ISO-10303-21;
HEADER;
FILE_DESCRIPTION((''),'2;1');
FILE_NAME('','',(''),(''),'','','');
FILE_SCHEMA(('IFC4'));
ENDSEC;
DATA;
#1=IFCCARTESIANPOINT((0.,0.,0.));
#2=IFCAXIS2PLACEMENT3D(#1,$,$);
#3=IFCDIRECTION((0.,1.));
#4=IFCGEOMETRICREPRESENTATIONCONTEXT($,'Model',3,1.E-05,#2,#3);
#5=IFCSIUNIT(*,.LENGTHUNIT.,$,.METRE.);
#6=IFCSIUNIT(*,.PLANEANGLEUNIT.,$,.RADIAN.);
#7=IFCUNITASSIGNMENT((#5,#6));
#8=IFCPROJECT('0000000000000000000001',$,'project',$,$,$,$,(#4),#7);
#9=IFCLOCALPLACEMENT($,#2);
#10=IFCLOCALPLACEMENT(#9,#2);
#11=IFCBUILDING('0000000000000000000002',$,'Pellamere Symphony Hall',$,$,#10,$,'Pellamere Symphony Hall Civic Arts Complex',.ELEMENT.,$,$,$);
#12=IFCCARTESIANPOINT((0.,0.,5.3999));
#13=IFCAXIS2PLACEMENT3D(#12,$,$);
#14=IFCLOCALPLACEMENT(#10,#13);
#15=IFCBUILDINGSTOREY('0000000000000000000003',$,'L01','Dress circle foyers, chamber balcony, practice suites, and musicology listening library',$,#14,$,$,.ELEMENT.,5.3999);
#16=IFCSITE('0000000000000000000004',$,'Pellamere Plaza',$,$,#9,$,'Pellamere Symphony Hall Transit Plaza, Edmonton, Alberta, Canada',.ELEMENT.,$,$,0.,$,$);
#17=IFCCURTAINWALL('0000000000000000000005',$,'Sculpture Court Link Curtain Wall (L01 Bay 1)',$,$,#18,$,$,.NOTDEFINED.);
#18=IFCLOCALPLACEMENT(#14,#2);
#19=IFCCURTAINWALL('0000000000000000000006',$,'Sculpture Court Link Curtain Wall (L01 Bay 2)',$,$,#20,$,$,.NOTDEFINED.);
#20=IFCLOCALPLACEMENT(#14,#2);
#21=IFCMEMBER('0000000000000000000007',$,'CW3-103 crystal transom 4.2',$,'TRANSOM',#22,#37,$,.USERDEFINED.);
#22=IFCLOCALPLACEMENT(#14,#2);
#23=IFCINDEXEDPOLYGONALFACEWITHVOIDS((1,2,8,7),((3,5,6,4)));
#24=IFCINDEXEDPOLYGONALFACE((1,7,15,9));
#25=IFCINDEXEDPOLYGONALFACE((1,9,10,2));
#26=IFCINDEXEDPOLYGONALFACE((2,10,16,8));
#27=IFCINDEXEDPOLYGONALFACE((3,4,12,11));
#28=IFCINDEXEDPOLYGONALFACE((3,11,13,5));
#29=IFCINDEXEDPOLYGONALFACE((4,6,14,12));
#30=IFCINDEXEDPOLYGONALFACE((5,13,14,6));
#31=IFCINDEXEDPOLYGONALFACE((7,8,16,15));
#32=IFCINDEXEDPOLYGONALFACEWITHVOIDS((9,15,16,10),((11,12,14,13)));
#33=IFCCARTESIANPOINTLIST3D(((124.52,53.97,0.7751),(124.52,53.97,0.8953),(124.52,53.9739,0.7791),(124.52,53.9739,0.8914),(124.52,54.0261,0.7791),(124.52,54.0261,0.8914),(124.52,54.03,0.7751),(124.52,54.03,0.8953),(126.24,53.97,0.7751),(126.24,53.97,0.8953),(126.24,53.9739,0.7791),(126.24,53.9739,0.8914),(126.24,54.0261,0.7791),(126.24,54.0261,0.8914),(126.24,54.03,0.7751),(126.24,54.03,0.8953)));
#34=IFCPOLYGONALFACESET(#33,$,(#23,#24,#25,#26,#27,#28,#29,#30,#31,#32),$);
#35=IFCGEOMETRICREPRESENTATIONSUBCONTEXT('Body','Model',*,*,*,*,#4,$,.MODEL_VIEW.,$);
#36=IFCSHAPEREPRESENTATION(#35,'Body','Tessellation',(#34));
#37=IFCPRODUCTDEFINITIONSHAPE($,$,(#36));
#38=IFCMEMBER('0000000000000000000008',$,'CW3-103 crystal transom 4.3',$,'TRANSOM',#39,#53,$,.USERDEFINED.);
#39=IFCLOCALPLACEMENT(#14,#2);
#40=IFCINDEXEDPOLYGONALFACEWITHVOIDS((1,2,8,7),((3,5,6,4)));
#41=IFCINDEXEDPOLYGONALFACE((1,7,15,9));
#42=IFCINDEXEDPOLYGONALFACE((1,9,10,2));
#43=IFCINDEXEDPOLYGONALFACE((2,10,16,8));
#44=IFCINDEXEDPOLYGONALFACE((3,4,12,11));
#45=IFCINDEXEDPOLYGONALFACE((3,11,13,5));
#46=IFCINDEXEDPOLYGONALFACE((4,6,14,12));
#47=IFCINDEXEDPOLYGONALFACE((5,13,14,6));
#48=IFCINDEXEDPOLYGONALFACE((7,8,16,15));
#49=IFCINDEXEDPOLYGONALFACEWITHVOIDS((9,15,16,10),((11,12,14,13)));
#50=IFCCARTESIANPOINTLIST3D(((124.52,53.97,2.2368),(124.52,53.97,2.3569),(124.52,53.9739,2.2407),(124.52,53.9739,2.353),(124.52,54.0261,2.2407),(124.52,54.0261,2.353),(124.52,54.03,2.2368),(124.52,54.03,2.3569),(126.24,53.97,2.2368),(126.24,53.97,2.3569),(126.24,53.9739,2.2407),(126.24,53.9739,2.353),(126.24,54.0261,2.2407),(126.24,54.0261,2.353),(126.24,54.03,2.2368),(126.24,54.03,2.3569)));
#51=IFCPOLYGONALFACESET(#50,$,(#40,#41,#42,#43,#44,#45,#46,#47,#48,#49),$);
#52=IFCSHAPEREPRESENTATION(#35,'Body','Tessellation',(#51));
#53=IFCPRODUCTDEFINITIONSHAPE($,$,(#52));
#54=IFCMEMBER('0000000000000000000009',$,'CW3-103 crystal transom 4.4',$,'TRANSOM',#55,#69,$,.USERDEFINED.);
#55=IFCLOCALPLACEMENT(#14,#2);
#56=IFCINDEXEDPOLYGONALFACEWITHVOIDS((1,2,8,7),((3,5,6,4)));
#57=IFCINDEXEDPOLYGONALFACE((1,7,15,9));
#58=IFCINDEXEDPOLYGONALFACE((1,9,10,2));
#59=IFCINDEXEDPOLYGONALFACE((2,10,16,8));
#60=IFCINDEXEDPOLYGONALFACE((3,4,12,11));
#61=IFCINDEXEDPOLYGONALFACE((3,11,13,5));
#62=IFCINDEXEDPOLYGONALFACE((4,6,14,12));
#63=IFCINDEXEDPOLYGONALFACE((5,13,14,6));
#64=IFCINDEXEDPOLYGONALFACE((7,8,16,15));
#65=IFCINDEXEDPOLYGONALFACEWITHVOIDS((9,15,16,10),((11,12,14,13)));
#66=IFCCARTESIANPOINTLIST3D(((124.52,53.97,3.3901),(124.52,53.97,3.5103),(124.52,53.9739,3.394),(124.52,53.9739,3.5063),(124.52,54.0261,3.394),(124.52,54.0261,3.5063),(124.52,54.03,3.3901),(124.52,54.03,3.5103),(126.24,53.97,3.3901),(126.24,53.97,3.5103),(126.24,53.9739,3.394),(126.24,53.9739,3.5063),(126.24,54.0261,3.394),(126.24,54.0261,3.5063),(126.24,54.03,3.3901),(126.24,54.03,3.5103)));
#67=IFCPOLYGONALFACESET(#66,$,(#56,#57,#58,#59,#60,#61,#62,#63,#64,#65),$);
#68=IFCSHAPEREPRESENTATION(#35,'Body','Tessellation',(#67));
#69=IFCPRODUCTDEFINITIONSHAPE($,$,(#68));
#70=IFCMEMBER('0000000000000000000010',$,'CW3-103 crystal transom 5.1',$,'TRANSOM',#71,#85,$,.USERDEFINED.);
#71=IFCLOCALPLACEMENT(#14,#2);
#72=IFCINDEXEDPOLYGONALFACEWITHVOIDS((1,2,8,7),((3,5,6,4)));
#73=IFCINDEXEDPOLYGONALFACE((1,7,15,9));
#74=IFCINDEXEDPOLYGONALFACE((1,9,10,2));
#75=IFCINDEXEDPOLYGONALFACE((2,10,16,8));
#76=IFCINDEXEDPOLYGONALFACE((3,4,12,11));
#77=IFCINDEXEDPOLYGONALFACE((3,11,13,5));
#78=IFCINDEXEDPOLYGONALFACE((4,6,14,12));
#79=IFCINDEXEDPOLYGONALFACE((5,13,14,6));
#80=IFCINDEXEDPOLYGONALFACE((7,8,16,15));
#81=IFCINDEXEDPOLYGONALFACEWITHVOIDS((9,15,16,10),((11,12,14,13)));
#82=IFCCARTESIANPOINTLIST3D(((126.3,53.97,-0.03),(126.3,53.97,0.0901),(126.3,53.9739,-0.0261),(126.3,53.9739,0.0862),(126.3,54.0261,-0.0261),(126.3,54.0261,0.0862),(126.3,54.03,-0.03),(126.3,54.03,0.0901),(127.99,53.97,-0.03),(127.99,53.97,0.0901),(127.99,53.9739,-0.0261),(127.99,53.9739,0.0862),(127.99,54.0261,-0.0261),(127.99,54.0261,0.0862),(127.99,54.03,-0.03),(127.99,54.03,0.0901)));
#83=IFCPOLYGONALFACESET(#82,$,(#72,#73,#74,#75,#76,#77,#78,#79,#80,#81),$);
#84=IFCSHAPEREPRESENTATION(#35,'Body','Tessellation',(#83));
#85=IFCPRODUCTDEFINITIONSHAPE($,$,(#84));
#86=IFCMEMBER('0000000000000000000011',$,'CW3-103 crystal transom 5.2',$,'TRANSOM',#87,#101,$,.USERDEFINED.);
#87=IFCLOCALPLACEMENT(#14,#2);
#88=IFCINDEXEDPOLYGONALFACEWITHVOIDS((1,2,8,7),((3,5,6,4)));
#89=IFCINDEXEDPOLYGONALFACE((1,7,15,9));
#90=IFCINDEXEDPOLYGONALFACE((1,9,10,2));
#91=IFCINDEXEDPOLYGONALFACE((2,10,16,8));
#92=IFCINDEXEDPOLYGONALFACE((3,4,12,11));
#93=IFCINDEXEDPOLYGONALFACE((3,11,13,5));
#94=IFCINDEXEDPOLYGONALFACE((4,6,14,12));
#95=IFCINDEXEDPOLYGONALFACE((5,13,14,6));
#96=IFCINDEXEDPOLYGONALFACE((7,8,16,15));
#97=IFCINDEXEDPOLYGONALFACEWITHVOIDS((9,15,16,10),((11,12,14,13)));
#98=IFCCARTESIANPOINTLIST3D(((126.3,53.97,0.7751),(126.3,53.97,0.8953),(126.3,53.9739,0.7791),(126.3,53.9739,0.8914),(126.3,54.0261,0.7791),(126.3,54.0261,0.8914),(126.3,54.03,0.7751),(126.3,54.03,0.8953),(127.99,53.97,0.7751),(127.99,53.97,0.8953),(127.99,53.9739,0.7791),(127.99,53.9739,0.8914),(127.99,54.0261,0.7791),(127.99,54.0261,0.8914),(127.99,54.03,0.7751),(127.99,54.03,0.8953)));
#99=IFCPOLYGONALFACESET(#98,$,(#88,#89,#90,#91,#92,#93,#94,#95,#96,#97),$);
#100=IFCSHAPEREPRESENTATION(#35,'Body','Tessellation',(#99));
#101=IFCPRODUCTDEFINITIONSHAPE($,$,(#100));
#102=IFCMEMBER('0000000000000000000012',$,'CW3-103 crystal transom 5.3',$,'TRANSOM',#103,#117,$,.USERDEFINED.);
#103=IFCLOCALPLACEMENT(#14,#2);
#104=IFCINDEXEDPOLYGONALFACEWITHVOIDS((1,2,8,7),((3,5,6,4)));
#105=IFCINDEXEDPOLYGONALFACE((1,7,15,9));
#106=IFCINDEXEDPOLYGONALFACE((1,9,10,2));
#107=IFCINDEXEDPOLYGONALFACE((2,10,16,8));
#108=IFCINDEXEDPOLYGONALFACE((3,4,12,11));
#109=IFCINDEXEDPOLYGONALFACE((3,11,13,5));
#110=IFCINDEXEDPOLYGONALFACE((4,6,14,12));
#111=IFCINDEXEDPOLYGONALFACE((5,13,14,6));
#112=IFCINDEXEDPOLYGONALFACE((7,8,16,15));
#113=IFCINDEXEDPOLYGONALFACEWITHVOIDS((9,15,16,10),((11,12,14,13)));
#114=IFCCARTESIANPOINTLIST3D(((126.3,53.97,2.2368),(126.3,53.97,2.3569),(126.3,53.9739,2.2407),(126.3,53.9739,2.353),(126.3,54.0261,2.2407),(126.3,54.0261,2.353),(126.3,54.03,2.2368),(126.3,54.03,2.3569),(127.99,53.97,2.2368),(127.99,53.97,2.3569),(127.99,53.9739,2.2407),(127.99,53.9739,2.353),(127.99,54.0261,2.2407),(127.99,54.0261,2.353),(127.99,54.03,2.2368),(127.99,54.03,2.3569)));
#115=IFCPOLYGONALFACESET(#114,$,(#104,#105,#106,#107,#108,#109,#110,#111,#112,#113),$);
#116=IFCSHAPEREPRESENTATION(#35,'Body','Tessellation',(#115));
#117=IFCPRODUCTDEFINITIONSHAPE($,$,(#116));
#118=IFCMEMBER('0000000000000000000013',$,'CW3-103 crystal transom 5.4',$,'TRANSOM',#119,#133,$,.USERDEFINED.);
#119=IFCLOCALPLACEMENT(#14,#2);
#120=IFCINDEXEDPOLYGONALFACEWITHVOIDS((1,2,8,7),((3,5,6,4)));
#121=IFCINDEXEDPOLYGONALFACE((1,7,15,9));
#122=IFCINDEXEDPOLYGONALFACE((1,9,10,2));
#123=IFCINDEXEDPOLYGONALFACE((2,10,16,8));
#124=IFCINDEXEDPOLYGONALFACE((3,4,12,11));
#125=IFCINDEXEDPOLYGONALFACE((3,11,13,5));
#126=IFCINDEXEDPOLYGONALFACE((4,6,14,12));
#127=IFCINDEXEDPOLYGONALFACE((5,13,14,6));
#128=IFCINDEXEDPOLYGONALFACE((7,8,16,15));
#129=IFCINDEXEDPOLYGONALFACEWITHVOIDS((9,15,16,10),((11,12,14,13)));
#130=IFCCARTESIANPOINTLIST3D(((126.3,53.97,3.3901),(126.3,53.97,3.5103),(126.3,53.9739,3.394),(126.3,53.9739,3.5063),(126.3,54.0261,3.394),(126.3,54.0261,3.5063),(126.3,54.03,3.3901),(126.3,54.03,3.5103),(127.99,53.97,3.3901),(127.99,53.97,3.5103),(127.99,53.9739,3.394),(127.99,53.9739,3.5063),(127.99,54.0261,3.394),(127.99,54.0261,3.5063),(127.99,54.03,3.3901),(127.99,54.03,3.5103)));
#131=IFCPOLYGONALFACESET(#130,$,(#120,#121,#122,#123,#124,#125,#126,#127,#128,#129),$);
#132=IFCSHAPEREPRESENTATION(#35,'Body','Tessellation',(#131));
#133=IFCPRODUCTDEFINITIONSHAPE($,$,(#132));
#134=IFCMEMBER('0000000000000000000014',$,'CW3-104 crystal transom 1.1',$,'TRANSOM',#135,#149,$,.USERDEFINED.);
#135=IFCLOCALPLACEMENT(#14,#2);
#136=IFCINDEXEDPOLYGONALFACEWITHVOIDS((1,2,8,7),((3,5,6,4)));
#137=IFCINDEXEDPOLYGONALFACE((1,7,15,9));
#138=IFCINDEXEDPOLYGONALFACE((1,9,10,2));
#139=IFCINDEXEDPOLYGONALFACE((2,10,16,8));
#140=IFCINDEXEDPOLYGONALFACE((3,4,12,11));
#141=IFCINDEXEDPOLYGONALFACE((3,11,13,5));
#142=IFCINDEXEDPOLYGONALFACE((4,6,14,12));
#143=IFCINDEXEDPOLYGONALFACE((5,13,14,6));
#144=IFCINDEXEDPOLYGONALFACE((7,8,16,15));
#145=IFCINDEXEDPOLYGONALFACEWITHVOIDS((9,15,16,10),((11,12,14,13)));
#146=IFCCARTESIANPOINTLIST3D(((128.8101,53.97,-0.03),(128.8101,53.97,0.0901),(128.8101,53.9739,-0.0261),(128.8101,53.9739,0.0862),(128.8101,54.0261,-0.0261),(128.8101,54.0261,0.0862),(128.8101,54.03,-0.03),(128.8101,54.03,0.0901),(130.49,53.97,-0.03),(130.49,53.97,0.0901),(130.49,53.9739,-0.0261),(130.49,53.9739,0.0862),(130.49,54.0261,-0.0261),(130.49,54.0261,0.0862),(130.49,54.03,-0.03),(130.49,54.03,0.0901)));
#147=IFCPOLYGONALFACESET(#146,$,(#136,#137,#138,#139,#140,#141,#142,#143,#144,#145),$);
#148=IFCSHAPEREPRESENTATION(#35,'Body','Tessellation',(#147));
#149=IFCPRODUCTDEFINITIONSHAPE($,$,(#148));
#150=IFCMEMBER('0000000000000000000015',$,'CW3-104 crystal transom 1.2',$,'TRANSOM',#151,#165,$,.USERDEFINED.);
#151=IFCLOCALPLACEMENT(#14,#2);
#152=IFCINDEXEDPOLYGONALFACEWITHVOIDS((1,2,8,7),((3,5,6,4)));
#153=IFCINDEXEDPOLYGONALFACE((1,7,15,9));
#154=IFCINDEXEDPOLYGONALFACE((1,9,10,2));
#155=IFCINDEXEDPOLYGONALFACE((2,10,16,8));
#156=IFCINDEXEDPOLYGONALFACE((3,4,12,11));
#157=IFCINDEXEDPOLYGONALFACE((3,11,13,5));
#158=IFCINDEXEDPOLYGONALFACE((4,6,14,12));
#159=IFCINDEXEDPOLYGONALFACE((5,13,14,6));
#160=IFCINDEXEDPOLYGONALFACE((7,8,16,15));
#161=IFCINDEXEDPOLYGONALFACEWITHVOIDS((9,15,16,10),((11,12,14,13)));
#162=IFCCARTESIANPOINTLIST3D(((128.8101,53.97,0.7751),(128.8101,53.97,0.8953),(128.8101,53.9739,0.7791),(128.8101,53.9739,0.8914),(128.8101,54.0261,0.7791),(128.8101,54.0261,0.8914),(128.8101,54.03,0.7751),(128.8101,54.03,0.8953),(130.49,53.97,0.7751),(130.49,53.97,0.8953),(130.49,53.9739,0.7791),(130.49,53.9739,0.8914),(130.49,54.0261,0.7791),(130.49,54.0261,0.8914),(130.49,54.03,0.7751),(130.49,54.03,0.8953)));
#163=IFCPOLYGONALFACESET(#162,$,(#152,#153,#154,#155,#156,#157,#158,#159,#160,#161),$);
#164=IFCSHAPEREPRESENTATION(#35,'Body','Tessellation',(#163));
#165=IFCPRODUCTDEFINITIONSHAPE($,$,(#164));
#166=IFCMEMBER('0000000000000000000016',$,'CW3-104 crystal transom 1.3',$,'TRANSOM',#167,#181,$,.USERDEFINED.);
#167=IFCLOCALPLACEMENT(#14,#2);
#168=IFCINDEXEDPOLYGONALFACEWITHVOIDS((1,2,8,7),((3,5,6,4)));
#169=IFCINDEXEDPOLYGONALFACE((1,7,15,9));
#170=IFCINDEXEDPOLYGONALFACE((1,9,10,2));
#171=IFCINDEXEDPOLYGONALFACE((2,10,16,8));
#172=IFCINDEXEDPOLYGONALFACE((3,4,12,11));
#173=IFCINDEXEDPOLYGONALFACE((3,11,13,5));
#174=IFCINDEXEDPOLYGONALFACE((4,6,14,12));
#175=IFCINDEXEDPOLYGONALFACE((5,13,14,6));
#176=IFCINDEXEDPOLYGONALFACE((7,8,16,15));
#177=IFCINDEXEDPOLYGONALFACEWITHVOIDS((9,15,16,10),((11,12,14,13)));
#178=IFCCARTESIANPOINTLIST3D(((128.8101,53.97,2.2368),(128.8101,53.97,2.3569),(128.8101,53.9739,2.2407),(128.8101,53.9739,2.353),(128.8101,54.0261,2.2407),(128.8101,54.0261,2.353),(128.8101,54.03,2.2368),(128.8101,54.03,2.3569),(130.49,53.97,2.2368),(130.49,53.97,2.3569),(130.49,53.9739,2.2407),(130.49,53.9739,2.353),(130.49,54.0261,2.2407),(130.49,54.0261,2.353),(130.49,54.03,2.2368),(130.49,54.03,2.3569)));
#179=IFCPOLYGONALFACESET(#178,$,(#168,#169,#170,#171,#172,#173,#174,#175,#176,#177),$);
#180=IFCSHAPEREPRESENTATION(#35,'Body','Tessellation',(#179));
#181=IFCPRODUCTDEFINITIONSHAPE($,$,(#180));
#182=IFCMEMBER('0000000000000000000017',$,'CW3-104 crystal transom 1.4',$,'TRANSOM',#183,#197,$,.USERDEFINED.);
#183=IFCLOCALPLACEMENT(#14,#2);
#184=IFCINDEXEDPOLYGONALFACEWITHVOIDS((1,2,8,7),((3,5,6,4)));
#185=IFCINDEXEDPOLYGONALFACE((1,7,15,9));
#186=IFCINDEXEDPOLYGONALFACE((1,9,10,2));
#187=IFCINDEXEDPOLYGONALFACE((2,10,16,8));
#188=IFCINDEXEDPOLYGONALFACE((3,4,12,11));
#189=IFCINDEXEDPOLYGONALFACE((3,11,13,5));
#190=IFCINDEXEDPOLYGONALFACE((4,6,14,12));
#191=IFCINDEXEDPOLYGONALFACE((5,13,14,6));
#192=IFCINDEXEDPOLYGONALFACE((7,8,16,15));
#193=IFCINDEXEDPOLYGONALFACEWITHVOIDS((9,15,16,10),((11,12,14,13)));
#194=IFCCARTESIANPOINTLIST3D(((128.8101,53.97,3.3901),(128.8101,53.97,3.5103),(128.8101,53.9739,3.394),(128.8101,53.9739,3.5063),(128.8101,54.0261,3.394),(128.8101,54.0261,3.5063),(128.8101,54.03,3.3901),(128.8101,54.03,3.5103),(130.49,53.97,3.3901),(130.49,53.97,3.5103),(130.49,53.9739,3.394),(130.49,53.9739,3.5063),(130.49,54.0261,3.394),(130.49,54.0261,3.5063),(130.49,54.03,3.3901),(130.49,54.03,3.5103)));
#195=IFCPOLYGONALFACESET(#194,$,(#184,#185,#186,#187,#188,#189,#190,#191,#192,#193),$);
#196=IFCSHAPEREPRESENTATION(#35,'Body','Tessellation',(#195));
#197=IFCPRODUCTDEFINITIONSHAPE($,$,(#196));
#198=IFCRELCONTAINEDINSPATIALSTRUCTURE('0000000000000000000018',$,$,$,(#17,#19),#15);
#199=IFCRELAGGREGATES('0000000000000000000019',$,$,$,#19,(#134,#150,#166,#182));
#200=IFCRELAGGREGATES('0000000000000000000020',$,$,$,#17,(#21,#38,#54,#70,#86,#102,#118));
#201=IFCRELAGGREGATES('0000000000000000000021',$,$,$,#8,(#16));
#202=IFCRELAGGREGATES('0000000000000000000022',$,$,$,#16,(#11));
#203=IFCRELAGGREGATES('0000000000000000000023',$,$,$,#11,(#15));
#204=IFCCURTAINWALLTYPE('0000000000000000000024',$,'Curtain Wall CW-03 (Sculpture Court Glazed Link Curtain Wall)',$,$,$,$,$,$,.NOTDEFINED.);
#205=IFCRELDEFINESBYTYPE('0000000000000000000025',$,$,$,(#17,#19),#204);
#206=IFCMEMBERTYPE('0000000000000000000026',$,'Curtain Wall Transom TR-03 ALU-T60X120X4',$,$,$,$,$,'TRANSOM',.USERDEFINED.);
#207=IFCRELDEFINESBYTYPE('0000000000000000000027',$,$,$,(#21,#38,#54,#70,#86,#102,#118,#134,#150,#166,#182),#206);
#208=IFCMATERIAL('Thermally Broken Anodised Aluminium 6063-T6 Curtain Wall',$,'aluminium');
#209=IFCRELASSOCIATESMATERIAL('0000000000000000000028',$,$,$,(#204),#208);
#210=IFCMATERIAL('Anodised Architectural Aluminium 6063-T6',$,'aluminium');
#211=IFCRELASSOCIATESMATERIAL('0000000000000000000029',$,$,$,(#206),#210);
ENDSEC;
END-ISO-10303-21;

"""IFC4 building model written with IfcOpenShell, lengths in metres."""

from ifc_helpers import new_model, si_unit, direction, frame, origin, origin_2d, place, context, subcontext, project, spatial, hollow_rectangle, extrude, material, material_profile, profile_set, type_object, element, aggregate, save


model = new_model("IFC4")

# Units and contexts
model_context = context("Model", 3, precision=1e-05, world=origin(), true_north=direction((0.0, 1.0)))
body_context = subcontext(model_context, "Body", "Model", "MODEL_VIEW")
ifc_project = project(units=[si_unit("LENGTHUNIT", "METRE"), si_unit("PLANEANGLEUNIT", "RADIAN")], contexts=[model_context])

# Site, building, storey
site_placement = place(None, origin())
site = spatial("IfcSite", under=ifc_project, at=site_placement, Name="Pellamere Plaza", LongName="Pellamere Symphony Hall Transit Plaza, Edmonton, Alberta, Canada", CompositionType="ELEMENT", RefElevation=0.0)
building_placement = place(site_placement, origin())
building = spatial("IfcBuilding", under=site, at=building_placement, Name="Pellamere Symphony Hall", LongName="Pellamere Symphony Hall Civic Arts Complex", CompositionType="ELEMENT")
storey_placement = place(building_placement, frame((0.0, 0.0, 5.3999)))
storey = spatial("IfcBuildingStorey", under=building, at=storey_placement, Name="L01", Description="Dress circle foyers, chamber balcony, practice suites, and musicology listening library", CompositionType="ELEMENT", Elevation=5.3999)

# Curtain walls
ifc_material_1 = material(Name="Thermally Broken Anodised Aluminium 6063-T6 Curtain Wall", Category="aluminium")
curtain_wall_type = type_object("IfcCurtainWallType", Name="Curtain Wall CW-03 (Sculpture Court Glazed Link Curtain Wall)", PredefinedType="NOTDEFINED", material=ifc_material_1)
curtain_wall_1_placement = place(storey_placement, origin())
curtain_wall_1 = element("IfcCurtainWall", 1, at=curtain_wall_1_placement, inside=storey, type_object=curtain_wall_type, Name="Sculpture Court Link Curtain Wall (L01 Bay 1)", PredefinedType="NOTDEFINED")
ifc_material_2 = material(Name="Anodised Architectural Aluminium 6063-T6", Category="aluminium")
curtain_wall_2_placement = place(storey_placement, origin())
curtain_wall_2 = element("IfcCurtainWall", 2, at=curtain_wall_2_placement, inside=storey, type_object=curtain_wall_type, Name="Sculpture Court Link Curtain Wall (L01 Bay 2)", PredefinedType="NOTDEFINED")

# Members
ifc_material_profile_1 = material_profile(ifc_material_2, hollow_rectangle(XDim=0.0601, YDim=0.1201, WallThickness=0.0039, at=origin_2d()), Name="ALU-T60X120X4")
ifc_profile_set_1 = profile_set([ifc_material_profile_1], Name="Anodised Architectural Aluminium 6063-T6")
member_type_1 = type_object("IfcMemberType", Name="Curtain Wall Transom TR-03 ALU-T60X120X4", ElementType="TRANSOM", PredefinedType="USERDEFINED", material=ifc_profile_set_1)
member_1_placement = place(storey_placement, frame((124.52, 54.0, 0.8352), z_axis=(1.0, 0.0, 0.0), x_axis=(0.0, 1.0, 0.0)))
member_1 = element("IfcMember", 3, at=member_1_placement, type_object=member_type_1, Name="CW3-103 crystal transom 4.2", ObjectType="TRANSOM", PredefinedType="USERDEFINED", context=body_context, shape_type="SweptSolid", body=[
    extrude(hollow_rectangle(XDim=0.0601, YDim=0.1201, WallThickness=0.0039, at=origin_2d()), origin(), (0.0, 0.0, 1.0), 1.72),
])
member_2_placement = place(storey_placement, frame((124.52, 54.0, 2.2969), z_axis=(1.0, 0.0, 0.0), x_axis=(0.0, 1.0, 0.0)))
member_2 = element("IfcMember", 4, at=member_2_placement, type_object=member_type_1, Name="CW3-103 crystal transom 4.3", ObjectType="TRANSOM", PredefinedType="USERDEFINED", context=body_context, shape_type="SweptSolid", body=[
    extrude(hollow_rectangle(XDim=0.0601, YDim=0.1201, WallThickness=0.0039, at=origin_2d()), origin(), (0.0, 0.0, 1.0), 1.72),
])
member_3_placement = place(storey_placement, frame((124.52, 54.0, 3.4502), z_axis=(1.0, 0.0, 0.0), x_axis=(0.0, 1.0, 0.0)))
member_3 = element("IfcMember", 5, at=member_3_placement, type_object=member_type_1, Name="CW3-103 crystal transom 4.4", ObjectType="TRANSOM", PredefinedType="USERDEFINED", context=body_context, shape_type="SweptSolid", body=[
    extrude(hollow_rectangle(XDim=0.0601, YDim=0.1201, WallThickness=0.0039, at=origin_2d()), origin(), (0.0, 0.0, 1.0), 1.72),
])
member_4_placement = place(storey_placement, frame((126.3, 54.0, 0.03), z_axis=(1.0, 0.0, 0.0), x_axis=(0.0, 1.0, 0.0)))
member_4 = element("IfcMember", 6, at=member_4_placement, type_object=member_type_1, Name="CW3-103 crystal transom 5.1", ObjectType="TRANSOM", PredefinedType="USERDEFINED", context=body_context, shape_type="SweptSolid", body=[
    extrude(hollow_rectangle(XDim=0.0601, YDim=0.1201, WallThickness=0.0039, at=origin_2d()), origin(), (0.0, 0.0, 1.0), 1.6899),
])
member_5_placement = place(storey_placement, frame((126.3, 54.0, 0.8352), z_axis=(1.0, 0.0, 0.0), x_axis=(0.0, 1.0, 0.0)))
member_5 = element("IfcMember", 7, at=member_5_placement, type_object=member_type_1, Name="CW3-103 crystal transom 5.2", ObjectType="TRANSOM", PredefinedType="USERDEFINED", context=body_context, shape_type="SweptSolid", body=[
    extrude(hollow_rectangle(XDim=0.0601, YDim=0.1201, WallThickness=0.0039, at=origin_2d()), origin(), (0.0, 0.0, 1.0), 1.6899),
])
member_6_placement = place(storey_placement, frame((126.3, 54.0, 2.2969), z_axis=(1.0, 0.0, 0.0), x_axis=(0.0, 1.0, 0.0)))
member_6 = element("IfcMember", 8, at=member_6_placement, type_object=member_type_1, Name="CW3-103 crystal transom 5.3", ObjectType="TRANSOM", PredefinedType="USERDEFINED", context=body_context, shape_type="SweptSolid", body=[
    extrude(hollow_rectangle(XDim=0.0601, YDim=0.1201, WallThickness=0.0039, at=origin_2d()), origin(), (0.0, 0.0, 1.0), 1.6899),
])
member_7_placement = place(storey_placement, frame((126.3, 54.0, 3.4502), z_axis=(1.0, 0.0, 0.0), x_axis=(0.0, 1.0, 0.0)))
member_7 = element("IfcMember", 9, at=member_7_placement, type_object=member_type_1, Name="CW3-103 crystal transom 5.4", ObjectType="TRANSOM", PredefinedType="USERDEFINED", context=body_context, shape_type="SweptSolid", body=[
    extrude(hollow_rectangle(XDim=0.0601, YDim=0.1201, WallThickness=0.0039, at=origin_2d()), origin(), (0.0, 0.0, 1.0), 1.6899),
])
member_8_placement = place(storey_placement, frame((128.8101, 54.0, 0.03), z_axis=(1.0, 0.0, 0.0), x_axis=(0.0, 1.0, 0.0)))
member_8 = element("IfcMember", 10, at=member_8_placement, type_object=member_type_1, Name="CW3-104 crystal transom 1.1", ObjectType="TRANSOM", PredefinedType="USERDEFINED", context=body_context, shape_type="SweptSolid", body=[
    extrude(hollow_rectangle(XDim=0.0601, YDim=0.1201, WallThickness=0.0039, at=origin_2d()), origin(), (0.0, 0.0, 1.0), 1.6799),
])
member_9_placement = place(storey_placement, frame((128.8101, 54.0, 0.8352), z_axis=(1.0, 0.0, 0.0), x_axis=(0.0, 1.0, 0.0)))
member_9 = element("IfcMember", 11, at=member_9_placement, type_object=member_type_1, Name="CW3-104 crystal transom 1.2", ObjectType="TRANSOM", PredefinedType="USERDEFINED", context=body_context, shape_type="SweptSolid", body=[
    extrude(hollow_rectangle(XDim=0.0601, YDim=0.1201, WallThickness=0.0039, at=origin_2d()), origin(), (0.0, 0.0, 1.0), 1.6799),
])
member_10_placement = place(storey_placement, frame((128.8101, 54.0, 2.2969), z_axis=(1.0, 0.0, 0.0), x_axis=(0.0, 1.0, 0.0)))
member_10 = element("IfcMember", 12, at=member_10_placement, type_object=member_type_1, Name="CW3-104 crystal transom 1.3", ObjectType="TRANSOM", PredefinedType="USERDEFINED", context=body_context, shape_type="SweptSolid", body=[
    extrude(hollow_rectangle(XDim=0.0601, YDim=0.1201, WallThickness=0.0039, at=origin_2d()), origin(), (0.0, 0.0, 1.0), 1.6799),
])
member_11_placement = place(storey_placement, frame((128.8101, 54.0, 3.4502), z_axis=(1.0, 0.0, 0.0), x_axis=(0.0, 1.0, 0.0)))
member_11 = element("IfcMember", 13, at=member_11_placement, type_object=member_type_1, Name="CW3-104 crystal transom 1.4", ObjectType="TRANSOM", PredefinedType="USERDEFINED", context=body_context, shape_type="SweptSolid", body=[
    extrude(hollow_rectangle(XDim=0.0601, YDim=0.1201, WallThickness=0.0039, at=origin_2d()), origin(), (0.0, 0.0, 1.0), 1.6799),
])

aggregate(curtain_wall_2, [member_8, member_9, member_10, member_11])
aggregate(curtain_wall_1, [member_1, member_2, member_3, member_4, member_5, member_6, member_7])

save(model, "model.ifc")
